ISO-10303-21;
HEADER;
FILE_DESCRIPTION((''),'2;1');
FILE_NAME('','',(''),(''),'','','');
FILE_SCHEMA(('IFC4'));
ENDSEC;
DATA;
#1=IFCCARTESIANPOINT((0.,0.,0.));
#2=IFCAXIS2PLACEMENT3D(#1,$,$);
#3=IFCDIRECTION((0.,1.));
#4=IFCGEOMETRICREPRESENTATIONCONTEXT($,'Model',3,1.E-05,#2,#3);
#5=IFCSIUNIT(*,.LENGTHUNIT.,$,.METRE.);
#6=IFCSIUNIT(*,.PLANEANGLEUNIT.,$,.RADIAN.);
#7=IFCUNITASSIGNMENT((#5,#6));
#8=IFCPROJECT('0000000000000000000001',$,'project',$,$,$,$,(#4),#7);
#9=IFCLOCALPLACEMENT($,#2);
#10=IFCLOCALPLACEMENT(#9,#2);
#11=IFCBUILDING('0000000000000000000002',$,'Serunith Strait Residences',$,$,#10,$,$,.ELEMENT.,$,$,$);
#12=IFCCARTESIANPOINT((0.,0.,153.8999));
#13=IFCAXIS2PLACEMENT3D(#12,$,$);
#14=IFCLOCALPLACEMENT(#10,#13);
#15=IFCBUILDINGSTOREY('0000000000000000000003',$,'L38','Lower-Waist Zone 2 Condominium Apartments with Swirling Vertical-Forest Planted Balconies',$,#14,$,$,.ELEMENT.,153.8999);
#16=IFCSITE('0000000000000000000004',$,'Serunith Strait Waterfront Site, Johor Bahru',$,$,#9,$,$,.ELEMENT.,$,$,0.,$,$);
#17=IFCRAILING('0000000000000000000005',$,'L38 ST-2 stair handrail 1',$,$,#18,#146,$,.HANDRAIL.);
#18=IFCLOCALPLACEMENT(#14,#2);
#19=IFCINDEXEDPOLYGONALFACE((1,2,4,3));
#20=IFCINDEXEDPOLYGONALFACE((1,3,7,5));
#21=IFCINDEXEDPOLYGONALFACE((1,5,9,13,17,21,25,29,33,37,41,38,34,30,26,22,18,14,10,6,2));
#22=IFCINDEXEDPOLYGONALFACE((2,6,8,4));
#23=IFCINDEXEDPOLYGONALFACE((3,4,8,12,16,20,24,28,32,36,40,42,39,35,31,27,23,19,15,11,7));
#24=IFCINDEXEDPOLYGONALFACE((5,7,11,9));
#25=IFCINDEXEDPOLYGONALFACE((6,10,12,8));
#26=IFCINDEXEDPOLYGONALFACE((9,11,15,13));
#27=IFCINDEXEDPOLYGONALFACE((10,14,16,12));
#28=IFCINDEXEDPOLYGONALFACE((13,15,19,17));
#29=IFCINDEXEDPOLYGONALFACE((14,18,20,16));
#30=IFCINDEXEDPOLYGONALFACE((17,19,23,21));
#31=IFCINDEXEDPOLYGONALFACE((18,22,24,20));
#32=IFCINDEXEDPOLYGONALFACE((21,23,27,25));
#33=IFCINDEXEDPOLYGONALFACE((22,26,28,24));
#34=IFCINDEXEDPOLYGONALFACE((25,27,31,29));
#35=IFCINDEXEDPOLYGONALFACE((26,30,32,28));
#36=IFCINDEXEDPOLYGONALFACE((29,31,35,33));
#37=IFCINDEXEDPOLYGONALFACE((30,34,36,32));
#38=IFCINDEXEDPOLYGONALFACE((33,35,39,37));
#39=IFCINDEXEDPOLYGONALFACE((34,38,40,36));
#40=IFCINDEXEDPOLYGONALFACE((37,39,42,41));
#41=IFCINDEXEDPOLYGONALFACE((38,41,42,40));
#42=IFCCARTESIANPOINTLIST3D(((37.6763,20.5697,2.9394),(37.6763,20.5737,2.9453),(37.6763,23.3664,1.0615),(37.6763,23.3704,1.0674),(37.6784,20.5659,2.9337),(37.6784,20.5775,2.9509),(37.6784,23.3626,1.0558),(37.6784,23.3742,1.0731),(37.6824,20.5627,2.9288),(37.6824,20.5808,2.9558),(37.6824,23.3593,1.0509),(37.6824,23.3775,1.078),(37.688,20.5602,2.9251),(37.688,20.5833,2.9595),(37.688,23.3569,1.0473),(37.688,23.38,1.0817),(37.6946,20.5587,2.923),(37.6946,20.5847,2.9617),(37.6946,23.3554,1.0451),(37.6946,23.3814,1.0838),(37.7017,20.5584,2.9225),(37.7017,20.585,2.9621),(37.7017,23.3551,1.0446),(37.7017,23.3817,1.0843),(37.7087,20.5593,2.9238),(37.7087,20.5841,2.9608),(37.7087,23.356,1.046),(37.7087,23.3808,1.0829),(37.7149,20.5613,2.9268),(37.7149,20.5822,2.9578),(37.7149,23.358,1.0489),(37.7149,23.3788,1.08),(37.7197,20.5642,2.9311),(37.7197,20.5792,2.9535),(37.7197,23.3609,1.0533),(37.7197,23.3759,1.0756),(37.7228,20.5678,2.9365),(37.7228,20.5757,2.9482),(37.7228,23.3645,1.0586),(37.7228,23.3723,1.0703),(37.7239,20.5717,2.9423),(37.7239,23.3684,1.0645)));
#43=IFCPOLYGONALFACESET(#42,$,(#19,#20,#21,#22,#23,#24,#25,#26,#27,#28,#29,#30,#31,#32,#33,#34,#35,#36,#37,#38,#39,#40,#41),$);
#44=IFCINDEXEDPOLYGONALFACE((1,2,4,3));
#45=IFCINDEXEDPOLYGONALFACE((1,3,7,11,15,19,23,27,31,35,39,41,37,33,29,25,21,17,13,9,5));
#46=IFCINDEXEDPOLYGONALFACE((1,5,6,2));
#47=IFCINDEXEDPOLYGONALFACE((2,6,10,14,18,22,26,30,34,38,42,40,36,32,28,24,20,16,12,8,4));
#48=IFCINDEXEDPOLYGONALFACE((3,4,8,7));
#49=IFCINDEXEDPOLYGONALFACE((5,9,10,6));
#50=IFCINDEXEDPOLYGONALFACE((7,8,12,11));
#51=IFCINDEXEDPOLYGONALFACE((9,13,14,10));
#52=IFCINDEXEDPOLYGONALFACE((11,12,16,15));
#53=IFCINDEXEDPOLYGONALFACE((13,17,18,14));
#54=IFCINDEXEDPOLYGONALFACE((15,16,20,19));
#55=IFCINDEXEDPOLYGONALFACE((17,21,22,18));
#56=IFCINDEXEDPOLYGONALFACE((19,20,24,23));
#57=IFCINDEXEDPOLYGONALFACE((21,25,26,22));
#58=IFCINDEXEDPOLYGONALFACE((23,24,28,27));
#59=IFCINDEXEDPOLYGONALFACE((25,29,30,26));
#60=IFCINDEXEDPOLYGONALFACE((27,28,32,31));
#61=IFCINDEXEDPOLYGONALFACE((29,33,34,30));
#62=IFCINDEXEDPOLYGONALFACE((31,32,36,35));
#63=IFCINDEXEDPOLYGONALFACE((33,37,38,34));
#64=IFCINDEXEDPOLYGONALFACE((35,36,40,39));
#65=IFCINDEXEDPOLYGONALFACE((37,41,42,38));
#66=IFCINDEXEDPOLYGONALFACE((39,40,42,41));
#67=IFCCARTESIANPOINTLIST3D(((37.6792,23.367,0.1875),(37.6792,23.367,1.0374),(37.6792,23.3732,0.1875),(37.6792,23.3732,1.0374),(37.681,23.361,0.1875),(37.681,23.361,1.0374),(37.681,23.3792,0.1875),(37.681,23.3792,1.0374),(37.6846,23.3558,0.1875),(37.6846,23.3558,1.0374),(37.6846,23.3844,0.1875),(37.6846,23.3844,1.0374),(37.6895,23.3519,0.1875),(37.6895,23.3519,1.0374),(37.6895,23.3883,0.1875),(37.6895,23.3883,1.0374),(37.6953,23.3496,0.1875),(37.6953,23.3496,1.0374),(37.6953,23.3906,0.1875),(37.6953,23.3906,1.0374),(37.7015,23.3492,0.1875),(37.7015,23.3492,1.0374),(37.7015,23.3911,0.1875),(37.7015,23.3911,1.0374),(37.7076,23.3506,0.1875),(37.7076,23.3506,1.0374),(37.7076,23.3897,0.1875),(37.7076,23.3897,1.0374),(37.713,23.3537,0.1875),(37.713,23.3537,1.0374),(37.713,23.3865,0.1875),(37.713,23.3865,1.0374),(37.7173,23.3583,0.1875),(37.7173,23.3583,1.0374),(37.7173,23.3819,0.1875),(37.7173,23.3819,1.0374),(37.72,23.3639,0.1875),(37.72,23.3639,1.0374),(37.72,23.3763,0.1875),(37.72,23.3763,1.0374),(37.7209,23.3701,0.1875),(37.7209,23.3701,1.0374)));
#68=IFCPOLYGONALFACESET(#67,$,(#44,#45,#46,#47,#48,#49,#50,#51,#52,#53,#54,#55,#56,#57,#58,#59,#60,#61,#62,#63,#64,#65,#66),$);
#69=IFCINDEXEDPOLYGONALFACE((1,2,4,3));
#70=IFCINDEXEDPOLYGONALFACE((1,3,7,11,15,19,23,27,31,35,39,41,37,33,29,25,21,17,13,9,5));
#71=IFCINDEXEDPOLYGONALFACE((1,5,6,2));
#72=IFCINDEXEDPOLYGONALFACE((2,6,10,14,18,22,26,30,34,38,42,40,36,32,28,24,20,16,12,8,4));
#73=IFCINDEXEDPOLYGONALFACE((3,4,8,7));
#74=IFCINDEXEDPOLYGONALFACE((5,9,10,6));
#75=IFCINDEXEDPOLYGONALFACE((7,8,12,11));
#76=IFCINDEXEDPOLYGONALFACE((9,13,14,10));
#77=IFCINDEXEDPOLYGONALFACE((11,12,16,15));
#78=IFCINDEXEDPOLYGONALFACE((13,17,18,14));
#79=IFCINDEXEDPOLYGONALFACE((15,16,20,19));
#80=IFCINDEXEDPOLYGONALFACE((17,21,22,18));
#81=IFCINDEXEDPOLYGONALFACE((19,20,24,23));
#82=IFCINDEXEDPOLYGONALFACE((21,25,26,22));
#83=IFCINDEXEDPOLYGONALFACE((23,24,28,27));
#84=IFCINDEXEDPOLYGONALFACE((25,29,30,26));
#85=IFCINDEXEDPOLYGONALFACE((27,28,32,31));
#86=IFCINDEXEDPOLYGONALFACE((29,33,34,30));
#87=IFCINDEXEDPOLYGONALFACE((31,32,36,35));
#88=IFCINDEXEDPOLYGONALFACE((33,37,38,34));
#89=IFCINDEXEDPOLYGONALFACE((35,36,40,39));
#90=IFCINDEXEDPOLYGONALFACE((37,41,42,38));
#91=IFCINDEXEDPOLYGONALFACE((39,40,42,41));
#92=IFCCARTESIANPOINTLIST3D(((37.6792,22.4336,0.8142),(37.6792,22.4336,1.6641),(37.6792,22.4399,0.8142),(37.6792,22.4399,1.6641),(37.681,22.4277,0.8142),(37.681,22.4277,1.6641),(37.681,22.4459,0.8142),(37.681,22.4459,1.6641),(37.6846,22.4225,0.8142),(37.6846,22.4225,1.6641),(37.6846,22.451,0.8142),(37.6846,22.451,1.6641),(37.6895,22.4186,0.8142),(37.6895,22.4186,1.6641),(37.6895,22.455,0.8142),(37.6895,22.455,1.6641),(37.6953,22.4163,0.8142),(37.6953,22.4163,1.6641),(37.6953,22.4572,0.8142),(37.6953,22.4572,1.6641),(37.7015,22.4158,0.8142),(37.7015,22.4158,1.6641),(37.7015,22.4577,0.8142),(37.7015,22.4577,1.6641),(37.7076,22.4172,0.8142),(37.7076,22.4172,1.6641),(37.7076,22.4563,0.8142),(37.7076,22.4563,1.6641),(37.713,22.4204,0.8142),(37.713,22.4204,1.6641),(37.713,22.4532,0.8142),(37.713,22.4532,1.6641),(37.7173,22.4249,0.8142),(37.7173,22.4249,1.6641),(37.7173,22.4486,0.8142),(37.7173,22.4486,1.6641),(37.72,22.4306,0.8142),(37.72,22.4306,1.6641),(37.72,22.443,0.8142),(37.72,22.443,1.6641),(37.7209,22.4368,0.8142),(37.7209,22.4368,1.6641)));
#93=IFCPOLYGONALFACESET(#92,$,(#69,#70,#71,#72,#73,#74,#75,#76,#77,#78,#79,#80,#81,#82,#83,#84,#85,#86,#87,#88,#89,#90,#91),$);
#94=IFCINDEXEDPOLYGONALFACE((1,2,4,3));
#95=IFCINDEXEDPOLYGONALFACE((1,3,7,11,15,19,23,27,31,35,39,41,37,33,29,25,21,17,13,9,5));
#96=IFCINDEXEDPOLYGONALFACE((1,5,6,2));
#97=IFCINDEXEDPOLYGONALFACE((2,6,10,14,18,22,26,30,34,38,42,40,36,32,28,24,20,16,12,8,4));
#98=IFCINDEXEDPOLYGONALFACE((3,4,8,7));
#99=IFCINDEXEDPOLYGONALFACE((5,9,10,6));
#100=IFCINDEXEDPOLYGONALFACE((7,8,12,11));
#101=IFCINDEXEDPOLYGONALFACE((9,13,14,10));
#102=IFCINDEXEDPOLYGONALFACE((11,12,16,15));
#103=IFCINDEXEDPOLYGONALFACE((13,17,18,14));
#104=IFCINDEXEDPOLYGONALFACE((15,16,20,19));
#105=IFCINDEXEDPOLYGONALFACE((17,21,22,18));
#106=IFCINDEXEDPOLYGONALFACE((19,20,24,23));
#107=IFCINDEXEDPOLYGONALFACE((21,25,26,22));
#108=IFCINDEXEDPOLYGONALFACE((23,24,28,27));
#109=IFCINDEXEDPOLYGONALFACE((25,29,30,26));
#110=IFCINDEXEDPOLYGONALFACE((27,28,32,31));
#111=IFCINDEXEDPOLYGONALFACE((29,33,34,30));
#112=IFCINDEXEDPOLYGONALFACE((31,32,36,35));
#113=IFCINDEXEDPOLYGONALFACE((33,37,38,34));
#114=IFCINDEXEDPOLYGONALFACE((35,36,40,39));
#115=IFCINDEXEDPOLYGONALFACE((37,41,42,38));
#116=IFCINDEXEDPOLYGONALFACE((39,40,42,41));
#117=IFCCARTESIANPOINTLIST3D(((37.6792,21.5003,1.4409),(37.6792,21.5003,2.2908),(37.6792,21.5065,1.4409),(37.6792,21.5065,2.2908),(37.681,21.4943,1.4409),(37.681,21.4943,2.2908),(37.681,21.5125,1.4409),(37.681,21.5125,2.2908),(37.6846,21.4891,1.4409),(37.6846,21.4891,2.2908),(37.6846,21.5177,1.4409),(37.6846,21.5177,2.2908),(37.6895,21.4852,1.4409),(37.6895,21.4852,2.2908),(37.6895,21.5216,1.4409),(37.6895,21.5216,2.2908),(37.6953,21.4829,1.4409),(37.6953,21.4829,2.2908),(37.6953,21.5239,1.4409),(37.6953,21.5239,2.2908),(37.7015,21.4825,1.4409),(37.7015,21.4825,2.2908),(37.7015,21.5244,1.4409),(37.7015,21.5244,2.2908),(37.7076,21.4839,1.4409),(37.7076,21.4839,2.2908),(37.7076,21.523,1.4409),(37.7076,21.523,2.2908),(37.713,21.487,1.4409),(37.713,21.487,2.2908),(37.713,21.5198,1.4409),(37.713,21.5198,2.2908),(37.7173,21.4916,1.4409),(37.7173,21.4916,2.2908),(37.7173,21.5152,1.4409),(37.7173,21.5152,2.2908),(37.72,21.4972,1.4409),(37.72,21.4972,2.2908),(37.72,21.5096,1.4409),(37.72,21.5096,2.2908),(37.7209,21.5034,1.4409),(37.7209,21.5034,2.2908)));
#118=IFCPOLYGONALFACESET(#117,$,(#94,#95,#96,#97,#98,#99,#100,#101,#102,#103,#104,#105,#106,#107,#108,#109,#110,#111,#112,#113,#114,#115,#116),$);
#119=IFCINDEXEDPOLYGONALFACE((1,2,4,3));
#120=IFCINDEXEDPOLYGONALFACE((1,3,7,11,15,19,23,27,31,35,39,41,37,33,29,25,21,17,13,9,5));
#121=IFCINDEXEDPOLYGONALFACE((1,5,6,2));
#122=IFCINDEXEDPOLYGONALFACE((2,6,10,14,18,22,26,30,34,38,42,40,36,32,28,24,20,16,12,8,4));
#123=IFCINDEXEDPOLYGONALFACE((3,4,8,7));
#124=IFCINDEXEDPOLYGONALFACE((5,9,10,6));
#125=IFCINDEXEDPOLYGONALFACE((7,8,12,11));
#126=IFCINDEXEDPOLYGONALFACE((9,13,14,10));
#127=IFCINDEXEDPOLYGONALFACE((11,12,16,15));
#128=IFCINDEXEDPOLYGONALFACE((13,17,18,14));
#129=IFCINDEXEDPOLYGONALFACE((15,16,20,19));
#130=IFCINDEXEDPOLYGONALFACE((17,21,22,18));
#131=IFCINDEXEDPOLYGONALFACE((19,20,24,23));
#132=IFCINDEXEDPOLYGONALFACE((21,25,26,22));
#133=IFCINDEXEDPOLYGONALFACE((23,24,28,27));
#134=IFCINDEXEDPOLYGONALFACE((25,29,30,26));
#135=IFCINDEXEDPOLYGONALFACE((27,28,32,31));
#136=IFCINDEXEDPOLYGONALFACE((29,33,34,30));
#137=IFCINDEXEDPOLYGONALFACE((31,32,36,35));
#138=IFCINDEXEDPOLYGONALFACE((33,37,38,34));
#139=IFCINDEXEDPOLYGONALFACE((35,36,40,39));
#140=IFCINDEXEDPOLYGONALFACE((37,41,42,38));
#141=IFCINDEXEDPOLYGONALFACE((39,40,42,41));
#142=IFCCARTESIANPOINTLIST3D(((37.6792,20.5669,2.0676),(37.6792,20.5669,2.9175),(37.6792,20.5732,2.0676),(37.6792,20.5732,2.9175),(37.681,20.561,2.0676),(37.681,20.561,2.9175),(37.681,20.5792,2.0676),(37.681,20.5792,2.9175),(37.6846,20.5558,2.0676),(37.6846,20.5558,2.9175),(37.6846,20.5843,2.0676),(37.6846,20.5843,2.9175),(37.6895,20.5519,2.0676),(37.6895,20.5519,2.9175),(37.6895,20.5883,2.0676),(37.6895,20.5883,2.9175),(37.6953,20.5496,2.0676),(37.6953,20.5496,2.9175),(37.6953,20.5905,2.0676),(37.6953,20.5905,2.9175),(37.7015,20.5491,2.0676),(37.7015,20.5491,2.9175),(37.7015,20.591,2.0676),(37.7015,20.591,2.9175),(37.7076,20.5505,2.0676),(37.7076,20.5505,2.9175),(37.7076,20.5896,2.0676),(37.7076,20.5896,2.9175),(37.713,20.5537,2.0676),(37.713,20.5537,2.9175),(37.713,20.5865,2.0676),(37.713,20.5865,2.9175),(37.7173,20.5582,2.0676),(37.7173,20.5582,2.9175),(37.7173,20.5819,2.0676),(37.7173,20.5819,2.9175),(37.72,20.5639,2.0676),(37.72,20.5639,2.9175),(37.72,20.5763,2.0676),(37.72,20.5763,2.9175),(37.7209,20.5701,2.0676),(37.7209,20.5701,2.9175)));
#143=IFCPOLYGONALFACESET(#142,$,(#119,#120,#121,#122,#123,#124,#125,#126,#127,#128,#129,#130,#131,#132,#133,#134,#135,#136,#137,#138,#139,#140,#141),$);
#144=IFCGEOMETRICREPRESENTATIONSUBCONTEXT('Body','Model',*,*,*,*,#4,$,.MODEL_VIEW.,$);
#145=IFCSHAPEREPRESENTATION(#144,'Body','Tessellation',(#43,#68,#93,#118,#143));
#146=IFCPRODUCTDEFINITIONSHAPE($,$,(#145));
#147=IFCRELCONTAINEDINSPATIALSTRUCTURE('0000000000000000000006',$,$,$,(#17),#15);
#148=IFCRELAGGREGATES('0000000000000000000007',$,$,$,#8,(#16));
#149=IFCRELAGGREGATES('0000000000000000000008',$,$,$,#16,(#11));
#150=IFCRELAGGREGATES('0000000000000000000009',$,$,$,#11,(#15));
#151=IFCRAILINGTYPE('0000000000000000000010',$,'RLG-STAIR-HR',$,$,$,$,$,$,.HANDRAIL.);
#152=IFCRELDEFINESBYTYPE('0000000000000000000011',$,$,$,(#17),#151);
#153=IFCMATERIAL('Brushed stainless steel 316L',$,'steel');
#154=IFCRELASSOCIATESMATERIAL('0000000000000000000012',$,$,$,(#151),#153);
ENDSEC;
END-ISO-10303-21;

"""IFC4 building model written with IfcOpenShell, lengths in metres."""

from ifc_helpers import new_model, si_unit, direction, frame, origin, origin_2d, place, context, subcontext, project, spatial, circle, extrude, material, type_object, element, save


model = new_model("IFC4")

# Units and contexts
model_context = context("Model", 3, precision=1e-05, world=origin(), true_north=direction((0.0, 1.0)))
body_context = subcontext(model_context, "Body", "Model", "MODEL_VIEW")
ifc_project = project(units=[si_unit("LENGTHUNIT", "METRE"), si_unit("PLANEANGLEUNIT", "RADIAN")], contexts=[model_context])

# Site, building, storey
site_placement = place(None, origin())
site = spatial("IfcSite", under=ifc_project, at=site_placement, Name="Serunith Strait Waterfront Site, Johor Bahru", CompositionType="ELEMENT", RefElevation=0.0)
building_placement = place(site_placement, origin())
building = spatial("IfcBuilding", under=site, at=building_placement, Name="Serunith Strait Residences", CompositionType="ELEMENT")
storey_placement = place(building_placement, frame((0.0, 0.0, 153.8999)))
storey = spatial("IfcBuildingStorey", under=building, at=storey_placement, Name="L38", Description="Lower-Waist Zone 2 Condominium Apartments with Swirling Vertical-Forest Planted Balconies", CompositionType="ELEMENT", Elevation=153.8999)

# Railing
ifc_material_1 = material(Name="Brushed stainless steel 316L", Category="steel")
railing_type_1 = type_object("IfcRailingType", Name="RLG-STAIR-HR", PredefinedType="HANDRAIL", material=ifc_material_1)
railing_1_placement = place(storey_placement, frame((37.7, 23.3701, 0.1875)))
element("IfcRailing", 1, at=railing_1_placement, inside=storey, type_object=railing_type_1, Name="L38 ST-2 stair handrail 1", PredefinedType="HANDRAIL", context=body_context, shape_type="SweptSolid", body=[
    extrude(circle(Radius=0.0239, at=origin_2d()), frame((0.0, -0.0017, 0.877), z_axis=(0.0, -0.830208, 0.557453), x_axis=(1.0, 0.0, 0.0)), (0.0, 0.0, 1.0), 3.3687),
    extrude(circle(Radius=0.021, at=origin_2d()), origin(), (0.0, 0.0, 1.0), 0.8499),
    extrude(circle(Radius=0.021, at=origin_2d()), frame((0.0, -0.9333, 0.6267)), (0.0, 0.0, 1.0), 0.8499),
    extrude(circle(Radius=0.021, at=origin_2d()), frame((0.0, -1.8667, 1.2534)), (0.0, 0.0, 1.0), 0.8499),
    extrude(circle(Radius=0.021, at=origin_2d()), frame((0.0, -2.8, 1.8801)), (0.0, 0.0, 1.0), 0.8499),
])

save(model, "model.ifc")
